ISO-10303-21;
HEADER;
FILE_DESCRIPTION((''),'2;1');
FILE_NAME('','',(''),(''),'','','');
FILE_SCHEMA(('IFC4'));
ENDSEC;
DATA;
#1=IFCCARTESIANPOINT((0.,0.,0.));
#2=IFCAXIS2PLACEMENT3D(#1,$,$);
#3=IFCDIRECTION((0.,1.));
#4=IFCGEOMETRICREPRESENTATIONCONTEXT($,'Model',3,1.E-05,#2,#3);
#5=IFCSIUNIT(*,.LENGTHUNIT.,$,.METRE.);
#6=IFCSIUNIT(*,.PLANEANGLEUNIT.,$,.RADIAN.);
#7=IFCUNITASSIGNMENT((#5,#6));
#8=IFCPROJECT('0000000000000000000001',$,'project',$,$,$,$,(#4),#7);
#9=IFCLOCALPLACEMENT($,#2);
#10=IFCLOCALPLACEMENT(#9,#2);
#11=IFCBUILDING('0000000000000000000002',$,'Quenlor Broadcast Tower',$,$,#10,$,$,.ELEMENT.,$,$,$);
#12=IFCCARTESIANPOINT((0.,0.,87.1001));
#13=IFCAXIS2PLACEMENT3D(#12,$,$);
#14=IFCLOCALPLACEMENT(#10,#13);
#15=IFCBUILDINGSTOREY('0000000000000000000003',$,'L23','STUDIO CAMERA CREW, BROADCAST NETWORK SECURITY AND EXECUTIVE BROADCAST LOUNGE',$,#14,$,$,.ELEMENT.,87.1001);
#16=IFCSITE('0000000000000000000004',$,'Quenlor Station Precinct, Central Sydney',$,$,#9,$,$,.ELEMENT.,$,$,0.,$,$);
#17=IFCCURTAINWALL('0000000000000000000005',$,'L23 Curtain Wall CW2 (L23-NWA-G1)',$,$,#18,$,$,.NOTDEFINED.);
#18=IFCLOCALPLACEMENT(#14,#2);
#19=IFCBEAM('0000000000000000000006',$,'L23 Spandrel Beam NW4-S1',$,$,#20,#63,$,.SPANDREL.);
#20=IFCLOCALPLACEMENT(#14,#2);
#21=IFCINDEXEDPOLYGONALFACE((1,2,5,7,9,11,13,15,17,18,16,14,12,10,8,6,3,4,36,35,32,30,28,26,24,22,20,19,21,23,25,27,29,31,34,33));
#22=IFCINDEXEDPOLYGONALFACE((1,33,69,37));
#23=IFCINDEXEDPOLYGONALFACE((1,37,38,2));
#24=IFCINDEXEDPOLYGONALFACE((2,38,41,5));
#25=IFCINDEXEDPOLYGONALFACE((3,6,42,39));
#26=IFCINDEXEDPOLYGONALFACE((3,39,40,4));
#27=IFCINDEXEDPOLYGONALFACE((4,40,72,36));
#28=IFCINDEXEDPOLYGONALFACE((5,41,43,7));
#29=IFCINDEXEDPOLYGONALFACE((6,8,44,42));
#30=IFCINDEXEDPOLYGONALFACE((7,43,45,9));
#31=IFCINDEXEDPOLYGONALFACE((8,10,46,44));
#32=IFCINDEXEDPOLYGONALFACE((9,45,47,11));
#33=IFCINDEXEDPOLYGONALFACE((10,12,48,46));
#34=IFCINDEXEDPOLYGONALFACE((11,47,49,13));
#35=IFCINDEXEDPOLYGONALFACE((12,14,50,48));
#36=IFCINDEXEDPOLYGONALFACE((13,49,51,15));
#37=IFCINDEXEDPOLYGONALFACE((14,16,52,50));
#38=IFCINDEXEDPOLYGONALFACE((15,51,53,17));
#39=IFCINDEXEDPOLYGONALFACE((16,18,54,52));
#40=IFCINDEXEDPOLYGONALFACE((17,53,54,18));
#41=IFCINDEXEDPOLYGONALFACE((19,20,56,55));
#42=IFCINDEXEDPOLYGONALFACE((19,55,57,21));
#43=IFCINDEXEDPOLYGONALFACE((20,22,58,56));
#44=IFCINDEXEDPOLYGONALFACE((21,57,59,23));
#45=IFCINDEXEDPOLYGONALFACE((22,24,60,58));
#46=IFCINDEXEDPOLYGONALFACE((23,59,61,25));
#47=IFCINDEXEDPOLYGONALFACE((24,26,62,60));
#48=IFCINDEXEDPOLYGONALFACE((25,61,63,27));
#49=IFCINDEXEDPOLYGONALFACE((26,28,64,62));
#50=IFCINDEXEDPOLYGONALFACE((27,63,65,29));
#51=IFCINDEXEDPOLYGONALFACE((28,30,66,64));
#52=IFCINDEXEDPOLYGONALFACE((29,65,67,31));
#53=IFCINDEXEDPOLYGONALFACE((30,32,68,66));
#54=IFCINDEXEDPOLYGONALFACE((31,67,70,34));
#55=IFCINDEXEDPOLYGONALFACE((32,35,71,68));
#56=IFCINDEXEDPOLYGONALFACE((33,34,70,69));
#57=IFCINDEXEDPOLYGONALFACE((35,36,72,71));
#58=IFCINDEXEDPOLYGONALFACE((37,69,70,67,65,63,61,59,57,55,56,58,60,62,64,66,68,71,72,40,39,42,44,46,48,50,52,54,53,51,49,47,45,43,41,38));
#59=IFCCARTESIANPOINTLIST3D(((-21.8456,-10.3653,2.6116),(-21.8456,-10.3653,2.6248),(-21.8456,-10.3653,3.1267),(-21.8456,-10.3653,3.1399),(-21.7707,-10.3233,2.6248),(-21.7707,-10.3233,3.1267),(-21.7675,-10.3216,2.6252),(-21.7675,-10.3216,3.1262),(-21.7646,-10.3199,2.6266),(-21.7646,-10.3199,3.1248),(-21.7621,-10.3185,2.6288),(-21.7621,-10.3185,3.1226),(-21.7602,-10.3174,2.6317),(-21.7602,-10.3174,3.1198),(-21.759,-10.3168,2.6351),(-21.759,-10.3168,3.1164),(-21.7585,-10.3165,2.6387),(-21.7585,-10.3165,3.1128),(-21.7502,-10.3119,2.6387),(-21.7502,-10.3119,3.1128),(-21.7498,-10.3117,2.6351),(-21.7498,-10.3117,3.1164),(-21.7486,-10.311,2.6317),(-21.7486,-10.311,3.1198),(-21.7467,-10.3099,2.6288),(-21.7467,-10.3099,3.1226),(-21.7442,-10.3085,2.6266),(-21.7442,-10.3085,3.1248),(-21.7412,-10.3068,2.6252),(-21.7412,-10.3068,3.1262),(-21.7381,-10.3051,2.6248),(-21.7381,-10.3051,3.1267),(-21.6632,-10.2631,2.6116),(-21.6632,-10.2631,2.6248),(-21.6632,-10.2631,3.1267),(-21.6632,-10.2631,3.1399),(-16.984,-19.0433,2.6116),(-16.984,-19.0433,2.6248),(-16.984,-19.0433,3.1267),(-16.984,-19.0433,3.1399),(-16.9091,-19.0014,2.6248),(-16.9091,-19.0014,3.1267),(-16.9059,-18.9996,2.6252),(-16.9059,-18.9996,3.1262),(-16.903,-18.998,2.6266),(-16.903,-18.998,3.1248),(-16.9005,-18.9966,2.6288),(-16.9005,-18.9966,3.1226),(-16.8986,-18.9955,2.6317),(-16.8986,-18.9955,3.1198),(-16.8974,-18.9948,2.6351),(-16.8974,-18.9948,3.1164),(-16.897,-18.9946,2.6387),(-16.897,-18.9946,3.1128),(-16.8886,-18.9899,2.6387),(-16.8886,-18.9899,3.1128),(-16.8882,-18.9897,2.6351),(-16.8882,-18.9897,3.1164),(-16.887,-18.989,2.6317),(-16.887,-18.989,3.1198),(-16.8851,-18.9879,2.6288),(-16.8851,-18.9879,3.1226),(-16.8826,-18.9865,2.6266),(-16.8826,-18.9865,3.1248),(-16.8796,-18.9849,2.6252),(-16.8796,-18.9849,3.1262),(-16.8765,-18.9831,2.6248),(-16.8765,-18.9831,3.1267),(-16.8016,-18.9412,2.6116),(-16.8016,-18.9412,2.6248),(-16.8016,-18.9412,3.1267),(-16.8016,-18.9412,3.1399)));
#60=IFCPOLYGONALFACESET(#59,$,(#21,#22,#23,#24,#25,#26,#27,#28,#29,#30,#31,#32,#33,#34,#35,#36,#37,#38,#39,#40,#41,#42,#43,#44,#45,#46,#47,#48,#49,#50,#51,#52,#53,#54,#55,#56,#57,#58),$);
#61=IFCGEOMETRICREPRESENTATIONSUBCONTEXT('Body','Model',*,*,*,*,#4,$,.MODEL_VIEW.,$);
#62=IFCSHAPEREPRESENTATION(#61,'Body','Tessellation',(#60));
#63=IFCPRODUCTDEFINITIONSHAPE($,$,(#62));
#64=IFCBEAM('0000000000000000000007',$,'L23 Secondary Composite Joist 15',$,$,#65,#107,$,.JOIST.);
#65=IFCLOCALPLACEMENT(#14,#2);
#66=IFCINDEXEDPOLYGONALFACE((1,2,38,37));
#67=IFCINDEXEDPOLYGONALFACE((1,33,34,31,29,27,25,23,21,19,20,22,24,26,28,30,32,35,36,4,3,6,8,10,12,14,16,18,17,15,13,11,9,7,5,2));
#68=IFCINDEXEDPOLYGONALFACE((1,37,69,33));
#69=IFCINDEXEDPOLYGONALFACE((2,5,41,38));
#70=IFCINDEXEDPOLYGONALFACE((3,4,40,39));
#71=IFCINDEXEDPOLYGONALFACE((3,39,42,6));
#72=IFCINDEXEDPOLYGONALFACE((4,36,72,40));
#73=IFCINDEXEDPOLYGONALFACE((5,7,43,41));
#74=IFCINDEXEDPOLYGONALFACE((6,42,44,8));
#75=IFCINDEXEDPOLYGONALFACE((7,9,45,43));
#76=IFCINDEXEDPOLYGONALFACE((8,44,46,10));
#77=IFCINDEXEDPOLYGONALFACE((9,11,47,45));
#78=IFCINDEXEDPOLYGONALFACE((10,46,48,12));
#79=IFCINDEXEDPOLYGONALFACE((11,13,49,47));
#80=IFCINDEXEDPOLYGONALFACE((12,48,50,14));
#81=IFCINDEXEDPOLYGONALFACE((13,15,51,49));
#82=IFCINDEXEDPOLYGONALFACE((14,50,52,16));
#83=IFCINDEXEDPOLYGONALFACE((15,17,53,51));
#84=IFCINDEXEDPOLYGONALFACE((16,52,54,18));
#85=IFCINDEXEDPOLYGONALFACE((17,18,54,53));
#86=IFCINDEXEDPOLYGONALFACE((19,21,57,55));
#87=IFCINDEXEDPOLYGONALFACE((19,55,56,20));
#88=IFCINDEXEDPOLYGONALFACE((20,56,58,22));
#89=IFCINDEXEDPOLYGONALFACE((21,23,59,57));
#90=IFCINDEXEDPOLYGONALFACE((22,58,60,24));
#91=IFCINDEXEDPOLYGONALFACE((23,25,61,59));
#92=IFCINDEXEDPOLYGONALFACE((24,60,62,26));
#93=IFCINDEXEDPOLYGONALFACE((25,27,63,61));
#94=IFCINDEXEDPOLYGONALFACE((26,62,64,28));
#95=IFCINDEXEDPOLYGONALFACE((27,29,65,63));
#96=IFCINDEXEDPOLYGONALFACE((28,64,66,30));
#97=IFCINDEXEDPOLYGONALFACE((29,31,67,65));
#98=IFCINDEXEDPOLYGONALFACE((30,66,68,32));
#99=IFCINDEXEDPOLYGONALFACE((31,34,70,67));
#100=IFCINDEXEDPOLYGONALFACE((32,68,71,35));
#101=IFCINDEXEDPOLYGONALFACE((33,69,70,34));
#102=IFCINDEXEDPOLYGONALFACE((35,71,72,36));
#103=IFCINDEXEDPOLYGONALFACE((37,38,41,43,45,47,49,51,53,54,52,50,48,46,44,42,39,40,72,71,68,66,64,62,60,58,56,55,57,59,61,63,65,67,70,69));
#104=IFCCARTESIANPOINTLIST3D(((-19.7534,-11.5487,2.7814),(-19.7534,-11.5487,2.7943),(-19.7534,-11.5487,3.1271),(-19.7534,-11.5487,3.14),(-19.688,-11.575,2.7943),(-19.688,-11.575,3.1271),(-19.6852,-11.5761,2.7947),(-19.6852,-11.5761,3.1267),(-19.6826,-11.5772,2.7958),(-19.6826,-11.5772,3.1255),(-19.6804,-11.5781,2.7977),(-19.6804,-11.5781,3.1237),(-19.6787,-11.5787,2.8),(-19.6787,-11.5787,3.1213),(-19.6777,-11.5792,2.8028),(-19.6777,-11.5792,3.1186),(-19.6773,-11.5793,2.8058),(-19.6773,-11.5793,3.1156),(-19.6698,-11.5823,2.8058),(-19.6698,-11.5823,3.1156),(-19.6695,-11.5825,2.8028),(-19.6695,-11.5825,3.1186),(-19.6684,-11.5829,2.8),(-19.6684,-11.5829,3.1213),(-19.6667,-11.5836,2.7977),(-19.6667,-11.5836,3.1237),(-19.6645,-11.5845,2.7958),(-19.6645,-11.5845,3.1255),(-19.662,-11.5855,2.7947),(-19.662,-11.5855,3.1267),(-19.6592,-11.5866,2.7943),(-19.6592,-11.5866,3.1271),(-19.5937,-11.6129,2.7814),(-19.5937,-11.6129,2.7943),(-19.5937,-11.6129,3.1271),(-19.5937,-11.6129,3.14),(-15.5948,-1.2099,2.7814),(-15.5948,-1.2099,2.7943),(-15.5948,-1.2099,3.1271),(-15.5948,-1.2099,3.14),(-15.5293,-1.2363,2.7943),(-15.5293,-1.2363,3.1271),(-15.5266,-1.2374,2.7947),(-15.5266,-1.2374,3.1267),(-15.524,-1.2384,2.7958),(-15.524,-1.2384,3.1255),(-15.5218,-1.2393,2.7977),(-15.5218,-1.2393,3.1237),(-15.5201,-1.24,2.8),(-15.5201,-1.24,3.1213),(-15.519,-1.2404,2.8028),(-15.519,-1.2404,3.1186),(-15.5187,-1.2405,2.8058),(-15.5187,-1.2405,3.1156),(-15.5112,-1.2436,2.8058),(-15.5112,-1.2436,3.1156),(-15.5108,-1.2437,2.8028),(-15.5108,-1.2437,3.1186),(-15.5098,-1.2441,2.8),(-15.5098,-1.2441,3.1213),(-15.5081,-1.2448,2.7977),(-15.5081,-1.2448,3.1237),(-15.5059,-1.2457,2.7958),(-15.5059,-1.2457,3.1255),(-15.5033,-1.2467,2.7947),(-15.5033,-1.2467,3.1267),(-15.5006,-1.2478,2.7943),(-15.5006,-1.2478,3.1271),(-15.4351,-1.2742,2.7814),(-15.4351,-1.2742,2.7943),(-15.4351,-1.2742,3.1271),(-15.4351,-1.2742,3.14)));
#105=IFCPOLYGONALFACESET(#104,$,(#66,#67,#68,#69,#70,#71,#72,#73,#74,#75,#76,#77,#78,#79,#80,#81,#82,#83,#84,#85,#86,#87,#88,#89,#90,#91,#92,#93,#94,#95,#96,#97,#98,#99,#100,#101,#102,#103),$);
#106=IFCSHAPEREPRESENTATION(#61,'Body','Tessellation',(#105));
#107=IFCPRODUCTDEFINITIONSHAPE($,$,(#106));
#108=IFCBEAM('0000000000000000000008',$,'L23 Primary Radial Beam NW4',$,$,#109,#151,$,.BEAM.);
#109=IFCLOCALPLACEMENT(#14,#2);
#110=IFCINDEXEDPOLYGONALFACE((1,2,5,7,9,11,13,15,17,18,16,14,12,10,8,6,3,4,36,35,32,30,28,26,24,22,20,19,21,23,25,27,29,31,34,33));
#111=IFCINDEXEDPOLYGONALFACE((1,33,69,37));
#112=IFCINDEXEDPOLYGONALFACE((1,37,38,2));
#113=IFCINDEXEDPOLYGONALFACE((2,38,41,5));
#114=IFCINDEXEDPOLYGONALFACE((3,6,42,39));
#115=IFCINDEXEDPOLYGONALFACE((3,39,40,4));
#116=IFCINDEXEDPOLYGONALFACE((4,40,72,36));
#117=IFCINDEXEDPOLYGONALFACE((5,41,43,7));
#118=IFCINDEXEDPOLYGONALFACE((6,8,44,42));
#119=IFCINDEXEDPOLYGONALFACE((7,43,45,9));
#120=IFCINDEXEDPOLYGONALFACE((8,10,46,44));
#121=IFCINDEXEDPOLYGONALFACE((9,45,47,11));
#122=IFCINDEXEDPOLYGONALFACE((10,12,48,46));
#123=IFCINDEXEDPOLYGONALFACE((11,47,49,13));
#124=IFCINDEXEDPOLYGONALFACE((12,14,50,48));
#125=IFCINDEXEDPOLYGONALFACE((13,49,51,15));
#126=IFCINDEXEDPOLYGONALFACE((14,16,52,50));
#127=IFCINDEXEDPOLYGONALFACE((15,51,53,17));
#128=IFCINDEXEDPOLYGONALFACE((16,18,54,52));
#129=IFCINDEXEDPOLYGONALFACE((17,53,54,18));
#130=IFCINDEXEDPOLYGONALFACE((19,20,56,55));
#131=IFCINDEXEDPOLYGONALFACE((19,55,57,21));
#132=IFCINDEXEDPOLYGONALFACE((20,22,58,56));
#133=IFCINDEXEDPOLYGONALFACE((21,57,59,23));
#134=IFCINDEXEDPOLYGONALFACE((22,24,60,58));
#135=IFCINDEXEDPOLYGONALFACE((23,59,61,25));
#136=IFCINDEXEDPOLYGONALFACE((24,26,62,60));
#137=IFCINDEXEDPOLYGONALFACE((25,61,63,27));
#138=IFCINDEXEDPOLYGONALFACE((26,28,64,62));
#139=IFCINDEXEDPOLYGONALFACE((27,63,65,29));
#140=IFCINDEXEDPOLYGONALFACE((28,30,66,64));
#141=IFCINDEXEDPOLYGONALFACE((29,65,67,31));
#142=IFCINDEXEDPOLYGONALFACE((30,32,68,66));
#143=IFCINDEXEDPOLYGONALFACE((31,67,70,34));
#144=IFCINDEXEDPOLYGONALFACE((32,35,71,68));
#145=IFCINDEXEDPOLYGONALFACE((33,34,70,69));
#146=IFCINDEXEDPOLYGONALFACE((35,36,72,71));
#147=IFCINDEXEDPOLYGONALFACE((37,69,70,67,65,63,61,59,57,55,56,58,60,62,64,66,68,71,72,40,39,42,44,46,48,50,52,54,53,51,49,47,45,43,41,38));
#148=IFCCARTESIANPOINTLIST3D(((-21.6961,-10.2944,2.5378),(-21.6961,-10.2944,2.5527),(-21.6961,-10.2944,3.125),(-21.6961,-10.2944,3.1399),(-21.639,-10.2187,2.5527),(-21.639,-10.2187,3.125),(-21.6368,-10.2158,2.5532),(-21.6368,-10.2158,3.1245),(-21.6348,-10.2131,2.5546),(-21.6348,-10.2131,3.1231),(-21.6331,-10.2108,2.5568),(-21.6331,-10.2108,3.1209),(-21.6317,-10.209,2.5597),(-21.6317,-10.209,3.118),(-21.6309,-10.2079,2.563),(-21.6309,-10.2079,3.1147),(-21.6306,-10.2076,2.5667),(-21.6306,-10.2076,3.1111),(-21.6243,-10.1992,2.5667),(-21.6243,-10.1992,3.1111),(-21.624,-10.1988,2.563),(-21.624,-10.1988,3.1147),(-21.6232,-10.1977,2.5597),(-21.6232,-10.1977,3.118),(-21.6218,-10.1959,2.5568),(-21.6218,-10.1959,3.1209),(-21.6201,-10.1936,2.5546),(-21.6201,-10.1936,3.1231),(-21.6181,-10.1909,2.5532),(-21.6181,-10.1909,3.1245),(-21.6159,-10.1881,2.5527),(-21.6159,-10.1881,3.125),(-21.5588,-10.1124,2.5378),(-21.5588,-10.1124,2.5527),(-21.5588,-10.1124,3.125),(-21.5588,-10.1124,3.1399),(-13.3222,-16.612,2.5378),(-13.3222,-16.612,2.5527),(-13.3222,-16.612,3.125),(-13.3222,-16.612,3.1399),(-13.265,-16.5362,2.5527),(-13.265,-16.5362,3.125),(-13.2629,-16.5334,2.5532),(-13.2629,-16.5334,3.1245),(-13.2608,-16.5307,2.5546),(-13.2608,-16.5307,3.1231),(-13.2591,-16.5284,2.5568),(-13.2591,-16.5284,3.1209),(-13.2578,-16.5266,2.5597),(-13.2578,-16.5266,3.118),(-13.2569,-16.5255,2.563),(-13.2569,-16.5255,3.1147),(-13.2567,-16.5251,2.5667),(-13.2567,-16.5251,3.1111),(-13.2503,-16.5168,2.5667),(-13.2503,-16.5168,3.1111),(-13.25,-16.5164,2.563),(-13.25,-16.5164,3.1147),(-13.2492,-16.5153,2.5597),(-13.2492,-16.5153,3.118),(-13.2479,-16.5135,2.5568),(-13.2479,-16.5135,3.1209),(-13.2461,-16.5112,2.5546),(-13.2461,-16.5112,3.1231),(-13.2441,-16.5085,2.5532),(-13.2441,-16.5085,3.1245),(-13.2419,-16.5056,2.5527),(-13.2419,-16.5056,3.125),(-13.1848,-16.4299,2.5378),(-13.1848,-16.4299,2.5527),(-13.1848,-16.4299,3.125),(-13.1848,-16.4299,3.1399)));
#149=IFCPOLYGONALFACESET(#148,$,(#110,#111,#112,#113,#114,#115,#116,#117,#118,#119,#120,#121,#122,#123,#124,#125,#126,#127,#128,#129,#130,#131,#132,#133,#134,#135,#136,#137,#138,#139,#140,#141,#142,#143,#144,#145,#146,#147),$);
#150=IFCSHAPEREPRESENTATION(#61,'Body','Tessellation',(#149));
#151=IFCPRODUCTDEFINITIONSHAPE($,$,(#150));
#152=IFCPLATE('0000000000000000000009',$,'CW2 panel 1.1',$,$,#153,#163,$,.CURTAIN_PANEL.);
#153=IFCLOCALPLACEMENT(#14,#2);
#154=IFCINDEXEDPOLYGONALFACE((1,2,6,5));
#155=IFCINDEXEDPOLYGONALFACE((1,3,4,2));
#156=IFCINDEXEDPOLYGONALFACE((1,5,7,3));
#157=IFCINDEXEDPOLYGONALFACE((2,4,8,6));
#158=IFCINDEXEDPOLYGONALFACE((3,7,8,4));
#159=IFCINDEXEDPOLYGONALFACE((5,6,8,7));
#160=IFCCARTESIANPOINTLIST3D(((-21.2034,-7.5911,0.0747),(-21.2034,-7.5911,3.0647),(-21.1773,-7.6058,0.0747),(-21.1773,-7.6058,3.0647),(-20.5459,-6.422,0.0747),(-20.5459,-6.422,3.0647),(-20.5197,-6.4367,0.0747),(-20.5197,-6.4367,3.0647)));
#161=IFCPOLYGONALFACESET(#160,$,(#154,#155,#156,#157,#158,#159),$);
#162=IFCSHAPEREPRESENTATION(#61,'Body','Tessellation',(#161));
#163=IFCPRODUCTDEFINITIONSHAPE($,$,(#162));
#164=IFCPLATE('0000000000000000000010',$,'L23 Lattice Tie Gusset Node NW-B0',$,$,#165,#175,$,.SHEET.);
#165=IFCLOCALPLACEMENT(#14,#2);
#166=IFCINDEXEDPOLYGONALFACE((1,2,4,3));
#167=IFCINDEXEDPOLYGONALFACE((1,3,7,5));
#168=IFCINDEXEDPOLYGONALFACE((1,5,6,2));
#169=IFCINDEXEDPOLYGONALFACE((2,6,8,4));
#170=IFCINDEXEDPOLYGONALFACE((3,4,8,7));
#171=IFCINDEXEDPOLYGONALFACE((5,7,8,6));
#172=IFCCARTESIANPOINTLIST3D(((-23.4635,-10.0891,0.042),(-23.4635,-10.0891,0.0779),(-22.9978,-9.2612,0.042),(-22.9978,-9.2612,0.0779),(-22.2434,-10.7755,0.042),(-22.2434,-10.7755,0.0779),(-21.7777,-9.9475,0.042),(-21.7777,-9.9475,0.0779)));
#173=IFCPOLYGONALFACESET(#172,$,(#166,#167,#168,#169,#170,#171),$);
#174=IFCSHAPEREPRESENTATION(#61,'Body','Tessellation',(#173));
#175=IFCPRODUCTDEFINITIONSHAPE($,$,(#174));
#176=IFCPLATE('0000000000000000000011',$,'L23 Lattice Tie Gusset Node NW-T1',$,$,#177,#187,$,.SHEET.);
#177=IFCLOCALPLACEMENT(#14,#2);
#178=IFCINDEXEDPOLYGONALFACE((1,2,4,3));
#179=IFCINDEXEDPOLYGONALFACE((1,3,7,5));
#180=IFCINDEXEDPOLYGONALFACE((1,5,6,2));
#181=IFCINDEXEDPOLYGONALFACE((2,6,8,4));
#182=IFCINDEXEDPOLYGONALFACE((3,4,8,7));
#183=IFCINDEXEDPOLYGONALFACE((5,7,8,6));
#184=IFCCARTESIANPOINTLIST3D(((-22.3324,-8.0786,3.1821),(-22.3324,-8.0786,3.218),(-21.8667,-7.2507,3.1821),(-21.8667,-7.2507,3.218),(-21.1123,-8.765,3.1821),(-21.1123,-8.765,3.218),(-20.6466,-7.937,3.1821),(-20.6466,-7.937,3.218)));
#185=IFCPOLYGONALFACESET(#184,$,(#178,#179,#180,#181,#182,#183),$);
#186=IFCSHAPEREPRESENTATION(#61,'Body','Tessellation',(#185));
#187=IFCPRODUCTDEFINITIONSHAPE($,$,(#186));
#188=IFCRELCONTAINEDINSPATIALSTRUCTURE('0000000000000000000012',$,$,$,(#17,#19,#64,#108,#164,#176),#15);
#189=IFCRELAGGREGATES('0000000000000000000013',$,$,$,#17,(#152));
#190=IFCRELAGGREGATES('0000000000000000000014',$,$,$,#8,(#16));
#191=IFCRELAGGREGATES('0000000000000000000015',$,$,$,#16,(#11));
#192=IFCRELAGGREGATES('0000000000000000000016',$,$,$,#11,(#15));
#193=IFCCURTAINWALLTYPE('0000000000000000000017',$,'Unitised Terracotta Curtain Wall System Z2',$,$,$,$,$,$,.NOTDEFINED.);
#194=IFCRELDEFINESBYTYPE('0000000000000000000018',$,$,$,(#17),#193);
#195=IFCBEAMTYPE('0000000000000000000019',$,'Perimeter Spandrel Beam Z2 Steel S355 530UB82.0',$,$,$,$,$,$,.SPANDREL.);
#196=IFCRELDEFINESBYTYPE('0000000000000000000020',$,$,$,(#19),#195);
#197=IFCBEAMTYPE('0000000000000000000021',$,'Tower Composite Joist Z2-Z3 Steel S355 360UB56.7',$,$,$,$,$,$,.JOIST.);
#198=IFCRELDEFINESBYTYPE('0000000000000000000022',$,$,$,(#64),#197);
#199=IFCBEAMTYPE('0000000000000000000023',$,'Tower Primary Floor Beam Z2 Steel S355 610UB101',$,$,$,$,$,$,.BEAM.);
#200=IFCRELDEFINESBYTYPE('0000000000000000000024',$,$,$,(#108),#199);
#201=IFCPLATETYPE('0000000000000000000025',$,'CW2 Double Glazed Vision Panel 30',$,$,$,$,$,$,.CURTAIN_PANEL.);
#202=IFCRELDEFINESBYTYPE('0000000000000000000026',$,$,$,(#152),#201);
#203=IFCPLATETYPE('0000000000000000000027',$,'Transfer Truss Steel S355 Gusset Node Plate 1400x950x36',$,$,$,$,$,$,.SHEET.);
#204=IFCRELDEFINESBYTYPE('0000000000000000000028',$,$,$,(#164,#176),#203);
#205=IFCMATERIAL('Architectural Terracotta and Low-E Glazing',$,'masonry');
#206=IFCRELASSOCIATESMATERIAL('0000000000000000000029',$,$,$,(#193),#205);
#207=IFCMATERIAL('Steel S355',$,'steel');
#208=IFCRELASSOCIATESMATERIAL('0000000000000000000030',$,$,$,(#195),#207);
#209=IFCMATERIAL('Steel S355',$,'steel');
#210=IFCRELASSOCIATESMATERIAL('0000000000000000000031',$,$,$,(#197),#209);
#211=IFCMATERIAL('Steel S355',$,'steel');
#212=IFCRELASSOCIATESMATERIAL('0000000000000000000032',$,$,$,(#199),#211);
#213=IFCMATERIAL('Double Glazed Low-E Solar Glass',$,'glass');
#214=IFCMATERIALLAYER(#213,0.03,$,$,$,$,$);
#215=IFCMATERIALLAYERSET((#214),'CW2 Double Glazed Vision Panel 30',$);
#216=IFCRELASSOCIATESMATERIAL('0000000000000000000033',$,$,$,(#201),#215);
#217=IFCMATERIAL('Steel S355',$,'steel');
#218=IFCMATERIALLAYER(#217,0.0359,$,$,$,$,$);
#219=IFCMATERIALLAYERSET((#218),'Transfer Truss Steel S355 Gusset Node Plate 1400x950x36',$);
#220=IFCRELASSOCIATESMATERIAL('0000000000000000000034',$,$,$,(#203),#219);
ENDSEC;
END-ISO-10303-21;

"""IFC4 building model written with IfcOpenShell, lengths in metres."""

from ifc_helpers import new_model, si_unit, direction, frame, origin, origin_2d, place, context, subcontext, project, spatial, rectangle, i_section, extrude, material, layer, layer_set, material_profile, profile_set, type_object, element, aggregate, save


model = new_model("IFC4")

# Units and contexts
model_context = context("Model", 3, precision=1e-05, world=origin(), true_north=direction((0.0, 1.0)))
body_context = subcontext(model_context, "Body", "Model", "MODEL_VIEW")
ifc_project = project(units=[si_unit("LENGTHUNIT", "METRE"), si_unit("PLANEANGLEUNIT", "RADIAN")], contexts=[model_context])

# Site, building, storey
site_placement = place(None, origin())
site = spatial("IfcSite", under=ifc_project, at=site_placement, Name="Quenlor Station Precinct, Central Sydney", CompositionType="ELEMENT", RefElevation=0.0)
building_placement = place(site_placement, origin())
building = spatial("IfcBuilding", under=site, at=building_placement, Name="Quenlor Broadcast Tower", CompositionType="ELEMENT")
storey_placement = place(building_placement, frame((0.0, 0.0, 87.1001)))
storey = spatial("IfcBuildingStorey", under=building, at=storey_placement, Name="L23", Description="STUDIO CAMERA CREW, BROADCAST NETWORK SECURITY AND EXECUTIVE BROADCAST LOUNGE", CompositionType="ELEMENT", Elevation=87.1001)

# Curtain wall
ifc_material_1 = material(Name="Architectural Terracotta and Low-E Glazing", Category="masonry")
curtain_wall_type = type_object("IfcCurtainWallType", Name="Unitised Terracotta Curtain Wall System Z2", PredefinedType="NOTDEFINED", material=ifc_material_1)
curtain_wall_placement = place(storey_placement, origin())
curtain_wall = element("IfcCurtainWall", 1, at=curtain_wall_placement, inside=storey, type_object=curtain_wall_type, Name="L23 Curtain Wall CW2 (L23-NWA-G1)", PredefinedType="NOTDEFINED")

# Beams
ifc_material_2 = material(Name="Steel S355", Category="steel")
ifc_material_profile_1 = material_profile(ifc_material_2, i_section(OverallWidth=0.209, OverallDepth=0.5283, WebThickness=0.0095, FlangeThickness=0.0132, FilletRadius=0.0139, at=origin_2d()))
ifc_profile_set_1 = profile_set([ifc_material_profile_1], Name="Steel S355 530UB82.0")
beam_type_1 = type_object("IfcBeamType", Name="Perimeter Spandrel Beam Z2 Steel S355 530UB82.0", PredefinedType="SPANDREL", material=ifc_profile_set_1)
beam_1_placement = place(storey_placement, frame((-21.7544, -10.3142, 2.8757), z_axis=(0.488749, -0.872424, 0.0), x_axis=(0.872424, 0.488749, 0.0)))
element("IfcBeam", 2, at=beam_1_placement, inside=storey, type_object=beam_type_1, Name="L23 Spandrel Beam NW4-S1", PredefinedType="SPANDREL", context=body_context, shape_type="SweptSolid", body=[
    extrude(i_section(OverallWidth=0.209, OverallDepth=0.5283, WebThickness=0.0095, FlangeThickness=0.0132, FilletRadius=0.0139, at=origin_2d()), origin(), (0.0, 0.0, 1.0), 9.947),
])
ifc_material_3 = material(Name="Steel S355", Category="steel")
ifc_material_profile_2 = material_profile(ifc_material_3, i_section(OverallWidth=0.1721, OverallDepth=0.3586, WebThickness=0.0081, FlangeThickness=0.0129, FilletRadius=0.0115, at=origin_2d()))
ifc_profile_set_2 = profile_set([ifc_material_profile_2], Name="Steel S355 360UB56.7")
beam_type_2 = type_object("IfcBeamType", Name="Tower Composite Joist Z2-Z3 Steel S355 360UB56.7", PredefinedType="JOIST", material=ifc_profile_set_2)
beam_2_placement = place(storey_placement, frame((-19.6736, -11.5808, 2.9607), z_axis=(0.37318, 0.927759, 0.0), x_axis=(-0.927759, 0.37318, 0.0)))
element("IfcBeam", 3, at=beam_2_placement, inside=storey, type_object=beam_type_2, Name="L23 Secondary Composite Joist 15", PredefinedType="JOIST", context=body_context, shape_type="SweptSolid", body=[
    extrude(i_section(OverallWidth=0.1721, OverallDepth=0.3586, WebThickness=0.0081, FlangeThickness=0.0129, FilletRadius=0.0115, at=origin_2d()), origin(), (0.0, 0.0, 1.0), 11.1438),
])
ifc_material_4 = material(Name="Steel S355", Category="steel")
ifc_material_profile_3 = material_profile(ifc_material_4, i_section(OverallWidth=0.228, OverallDepth=0.6021, WebThickness=0.0105, FlangeThickness=0.0149, FilletRadius=0.0139, at=origin_2d()))
ifc_profile_set_3 = profile_set([ifc_material_profile_3], Name="Steel S355 610UB101")
beam_type_3 = type_object("IfcBeamType", Name="Tower Primary Floor Beam Z2 Steel S355 610UB101", PredefinedType="BEAM", material=ifc_profile_set_3)
beam_3_placement = place(storey_placement, frame((-21.6274, -10.2034, 2.8389), z_axis=(0.798299, -0.602262, 0.0), x_axis=(0.602262, 0.798299, 0.0)))
element("IfcBeam", 4, at=beam_3_placement, inside=storey, type_object=beam_type_3, Name="L23 Primary Radial Beam NW4", PredefinedType="BEAM", context=body_context, shape_type="SweptSolid", body=[
    extrude(i_section(OverallWidth=0.228, OverallDepth=0.6021, WebThickness=0.0105, FlangeThickness=0.0149, FilletRadius=0.0139, at=origin_2d()), origin(), (0.0, 0.0, 1.0), 10.4897),
])

# Plate
ifc_material_5 = material(Name="Double Glazed Low-E Solar Glass", Category="glass")
ifc_layer_1 = layer(ifc_material_5, 0.03)
ifc_layer_set_1 = layer_set([ifc_layer_1], Name="CW2 Double Glazed Vision Panel 30")
plate_type_1 = type_object("IfcPlateType", Name="CW2 Double Glazed Vision Panel 30", PredefinedType="CURTAIN_PANEL", material=ifc_layer_set_1)
plate_placement = place(storey_placement, frame((-20.8616, -7.0139, 0.0747), z_axis=(0.0, 0.0, 1.0), x_axis=(0.490242, 0.871586, 0.0)))
plate = element("IfcPlate", 5, at=plate_placement, type_object=plate_type_1, Name="CW2 panel 1.1", PredefinedType="CURTAIN_PANEL", context=body_context, shape_type="SweptSolid", body=[
    extrude(rectangle(XDim=1.3413, YDim=0.03, at=origin_2d()), origin(), (0.0, 0.0, 1.0), 2.99),
])
aggregate(curtain_wall, [plate])

# Plates
ifc_material_6 = material(Name="Steel S355", Category="steel")
ifc_layer_2 = layer(ifc_material_6, 0.0359)
ifc_layer_set_2 = layer_set([ifc_layer_2], Name="Transfer Truss Steel S355 Gusset Node Plate 1400x950x36")
plate_type_2 = type_object("IfcPlateType", Name="Transfer Truss Steel S355 Gusset Node Plate 1400x950x36", PredefinedType="SHEET", material=ifc_layer_set_2)
for number, where, z_axis, x_axis, name in (
    (6, (-22.6206, -10.0183, 0.042), (0.0, 0.0, 1.0), (-0.871556, 0.490295, 0.0), "L23 Lattice Tie Gusset Node NW-B0"),
    (7, (-21.4895, -8.0078, 3.1821), (0.0, 0.0, 1.0), (-0.871556, 0.490295, 0.0), "L23 Lattice Tie Gusset Node NW-T1"),
):
    element("IfcPlate", number, at=place(storey_placement, frame(where, z_axis=z_axis, x_axis=x_axis)), inside=storey, type_object=plate_type_2, Name=name, PredefinedType="SHEET", context=body_context, shape_type="SweptSolid", body=[
        extrude(rectangle(XDim=1.3999, YDim=0.95, at=origin_2d()), origin(), (0.0, 0.0, 1.0), 0.0359),
    ])

save(model, "model.ifc")
